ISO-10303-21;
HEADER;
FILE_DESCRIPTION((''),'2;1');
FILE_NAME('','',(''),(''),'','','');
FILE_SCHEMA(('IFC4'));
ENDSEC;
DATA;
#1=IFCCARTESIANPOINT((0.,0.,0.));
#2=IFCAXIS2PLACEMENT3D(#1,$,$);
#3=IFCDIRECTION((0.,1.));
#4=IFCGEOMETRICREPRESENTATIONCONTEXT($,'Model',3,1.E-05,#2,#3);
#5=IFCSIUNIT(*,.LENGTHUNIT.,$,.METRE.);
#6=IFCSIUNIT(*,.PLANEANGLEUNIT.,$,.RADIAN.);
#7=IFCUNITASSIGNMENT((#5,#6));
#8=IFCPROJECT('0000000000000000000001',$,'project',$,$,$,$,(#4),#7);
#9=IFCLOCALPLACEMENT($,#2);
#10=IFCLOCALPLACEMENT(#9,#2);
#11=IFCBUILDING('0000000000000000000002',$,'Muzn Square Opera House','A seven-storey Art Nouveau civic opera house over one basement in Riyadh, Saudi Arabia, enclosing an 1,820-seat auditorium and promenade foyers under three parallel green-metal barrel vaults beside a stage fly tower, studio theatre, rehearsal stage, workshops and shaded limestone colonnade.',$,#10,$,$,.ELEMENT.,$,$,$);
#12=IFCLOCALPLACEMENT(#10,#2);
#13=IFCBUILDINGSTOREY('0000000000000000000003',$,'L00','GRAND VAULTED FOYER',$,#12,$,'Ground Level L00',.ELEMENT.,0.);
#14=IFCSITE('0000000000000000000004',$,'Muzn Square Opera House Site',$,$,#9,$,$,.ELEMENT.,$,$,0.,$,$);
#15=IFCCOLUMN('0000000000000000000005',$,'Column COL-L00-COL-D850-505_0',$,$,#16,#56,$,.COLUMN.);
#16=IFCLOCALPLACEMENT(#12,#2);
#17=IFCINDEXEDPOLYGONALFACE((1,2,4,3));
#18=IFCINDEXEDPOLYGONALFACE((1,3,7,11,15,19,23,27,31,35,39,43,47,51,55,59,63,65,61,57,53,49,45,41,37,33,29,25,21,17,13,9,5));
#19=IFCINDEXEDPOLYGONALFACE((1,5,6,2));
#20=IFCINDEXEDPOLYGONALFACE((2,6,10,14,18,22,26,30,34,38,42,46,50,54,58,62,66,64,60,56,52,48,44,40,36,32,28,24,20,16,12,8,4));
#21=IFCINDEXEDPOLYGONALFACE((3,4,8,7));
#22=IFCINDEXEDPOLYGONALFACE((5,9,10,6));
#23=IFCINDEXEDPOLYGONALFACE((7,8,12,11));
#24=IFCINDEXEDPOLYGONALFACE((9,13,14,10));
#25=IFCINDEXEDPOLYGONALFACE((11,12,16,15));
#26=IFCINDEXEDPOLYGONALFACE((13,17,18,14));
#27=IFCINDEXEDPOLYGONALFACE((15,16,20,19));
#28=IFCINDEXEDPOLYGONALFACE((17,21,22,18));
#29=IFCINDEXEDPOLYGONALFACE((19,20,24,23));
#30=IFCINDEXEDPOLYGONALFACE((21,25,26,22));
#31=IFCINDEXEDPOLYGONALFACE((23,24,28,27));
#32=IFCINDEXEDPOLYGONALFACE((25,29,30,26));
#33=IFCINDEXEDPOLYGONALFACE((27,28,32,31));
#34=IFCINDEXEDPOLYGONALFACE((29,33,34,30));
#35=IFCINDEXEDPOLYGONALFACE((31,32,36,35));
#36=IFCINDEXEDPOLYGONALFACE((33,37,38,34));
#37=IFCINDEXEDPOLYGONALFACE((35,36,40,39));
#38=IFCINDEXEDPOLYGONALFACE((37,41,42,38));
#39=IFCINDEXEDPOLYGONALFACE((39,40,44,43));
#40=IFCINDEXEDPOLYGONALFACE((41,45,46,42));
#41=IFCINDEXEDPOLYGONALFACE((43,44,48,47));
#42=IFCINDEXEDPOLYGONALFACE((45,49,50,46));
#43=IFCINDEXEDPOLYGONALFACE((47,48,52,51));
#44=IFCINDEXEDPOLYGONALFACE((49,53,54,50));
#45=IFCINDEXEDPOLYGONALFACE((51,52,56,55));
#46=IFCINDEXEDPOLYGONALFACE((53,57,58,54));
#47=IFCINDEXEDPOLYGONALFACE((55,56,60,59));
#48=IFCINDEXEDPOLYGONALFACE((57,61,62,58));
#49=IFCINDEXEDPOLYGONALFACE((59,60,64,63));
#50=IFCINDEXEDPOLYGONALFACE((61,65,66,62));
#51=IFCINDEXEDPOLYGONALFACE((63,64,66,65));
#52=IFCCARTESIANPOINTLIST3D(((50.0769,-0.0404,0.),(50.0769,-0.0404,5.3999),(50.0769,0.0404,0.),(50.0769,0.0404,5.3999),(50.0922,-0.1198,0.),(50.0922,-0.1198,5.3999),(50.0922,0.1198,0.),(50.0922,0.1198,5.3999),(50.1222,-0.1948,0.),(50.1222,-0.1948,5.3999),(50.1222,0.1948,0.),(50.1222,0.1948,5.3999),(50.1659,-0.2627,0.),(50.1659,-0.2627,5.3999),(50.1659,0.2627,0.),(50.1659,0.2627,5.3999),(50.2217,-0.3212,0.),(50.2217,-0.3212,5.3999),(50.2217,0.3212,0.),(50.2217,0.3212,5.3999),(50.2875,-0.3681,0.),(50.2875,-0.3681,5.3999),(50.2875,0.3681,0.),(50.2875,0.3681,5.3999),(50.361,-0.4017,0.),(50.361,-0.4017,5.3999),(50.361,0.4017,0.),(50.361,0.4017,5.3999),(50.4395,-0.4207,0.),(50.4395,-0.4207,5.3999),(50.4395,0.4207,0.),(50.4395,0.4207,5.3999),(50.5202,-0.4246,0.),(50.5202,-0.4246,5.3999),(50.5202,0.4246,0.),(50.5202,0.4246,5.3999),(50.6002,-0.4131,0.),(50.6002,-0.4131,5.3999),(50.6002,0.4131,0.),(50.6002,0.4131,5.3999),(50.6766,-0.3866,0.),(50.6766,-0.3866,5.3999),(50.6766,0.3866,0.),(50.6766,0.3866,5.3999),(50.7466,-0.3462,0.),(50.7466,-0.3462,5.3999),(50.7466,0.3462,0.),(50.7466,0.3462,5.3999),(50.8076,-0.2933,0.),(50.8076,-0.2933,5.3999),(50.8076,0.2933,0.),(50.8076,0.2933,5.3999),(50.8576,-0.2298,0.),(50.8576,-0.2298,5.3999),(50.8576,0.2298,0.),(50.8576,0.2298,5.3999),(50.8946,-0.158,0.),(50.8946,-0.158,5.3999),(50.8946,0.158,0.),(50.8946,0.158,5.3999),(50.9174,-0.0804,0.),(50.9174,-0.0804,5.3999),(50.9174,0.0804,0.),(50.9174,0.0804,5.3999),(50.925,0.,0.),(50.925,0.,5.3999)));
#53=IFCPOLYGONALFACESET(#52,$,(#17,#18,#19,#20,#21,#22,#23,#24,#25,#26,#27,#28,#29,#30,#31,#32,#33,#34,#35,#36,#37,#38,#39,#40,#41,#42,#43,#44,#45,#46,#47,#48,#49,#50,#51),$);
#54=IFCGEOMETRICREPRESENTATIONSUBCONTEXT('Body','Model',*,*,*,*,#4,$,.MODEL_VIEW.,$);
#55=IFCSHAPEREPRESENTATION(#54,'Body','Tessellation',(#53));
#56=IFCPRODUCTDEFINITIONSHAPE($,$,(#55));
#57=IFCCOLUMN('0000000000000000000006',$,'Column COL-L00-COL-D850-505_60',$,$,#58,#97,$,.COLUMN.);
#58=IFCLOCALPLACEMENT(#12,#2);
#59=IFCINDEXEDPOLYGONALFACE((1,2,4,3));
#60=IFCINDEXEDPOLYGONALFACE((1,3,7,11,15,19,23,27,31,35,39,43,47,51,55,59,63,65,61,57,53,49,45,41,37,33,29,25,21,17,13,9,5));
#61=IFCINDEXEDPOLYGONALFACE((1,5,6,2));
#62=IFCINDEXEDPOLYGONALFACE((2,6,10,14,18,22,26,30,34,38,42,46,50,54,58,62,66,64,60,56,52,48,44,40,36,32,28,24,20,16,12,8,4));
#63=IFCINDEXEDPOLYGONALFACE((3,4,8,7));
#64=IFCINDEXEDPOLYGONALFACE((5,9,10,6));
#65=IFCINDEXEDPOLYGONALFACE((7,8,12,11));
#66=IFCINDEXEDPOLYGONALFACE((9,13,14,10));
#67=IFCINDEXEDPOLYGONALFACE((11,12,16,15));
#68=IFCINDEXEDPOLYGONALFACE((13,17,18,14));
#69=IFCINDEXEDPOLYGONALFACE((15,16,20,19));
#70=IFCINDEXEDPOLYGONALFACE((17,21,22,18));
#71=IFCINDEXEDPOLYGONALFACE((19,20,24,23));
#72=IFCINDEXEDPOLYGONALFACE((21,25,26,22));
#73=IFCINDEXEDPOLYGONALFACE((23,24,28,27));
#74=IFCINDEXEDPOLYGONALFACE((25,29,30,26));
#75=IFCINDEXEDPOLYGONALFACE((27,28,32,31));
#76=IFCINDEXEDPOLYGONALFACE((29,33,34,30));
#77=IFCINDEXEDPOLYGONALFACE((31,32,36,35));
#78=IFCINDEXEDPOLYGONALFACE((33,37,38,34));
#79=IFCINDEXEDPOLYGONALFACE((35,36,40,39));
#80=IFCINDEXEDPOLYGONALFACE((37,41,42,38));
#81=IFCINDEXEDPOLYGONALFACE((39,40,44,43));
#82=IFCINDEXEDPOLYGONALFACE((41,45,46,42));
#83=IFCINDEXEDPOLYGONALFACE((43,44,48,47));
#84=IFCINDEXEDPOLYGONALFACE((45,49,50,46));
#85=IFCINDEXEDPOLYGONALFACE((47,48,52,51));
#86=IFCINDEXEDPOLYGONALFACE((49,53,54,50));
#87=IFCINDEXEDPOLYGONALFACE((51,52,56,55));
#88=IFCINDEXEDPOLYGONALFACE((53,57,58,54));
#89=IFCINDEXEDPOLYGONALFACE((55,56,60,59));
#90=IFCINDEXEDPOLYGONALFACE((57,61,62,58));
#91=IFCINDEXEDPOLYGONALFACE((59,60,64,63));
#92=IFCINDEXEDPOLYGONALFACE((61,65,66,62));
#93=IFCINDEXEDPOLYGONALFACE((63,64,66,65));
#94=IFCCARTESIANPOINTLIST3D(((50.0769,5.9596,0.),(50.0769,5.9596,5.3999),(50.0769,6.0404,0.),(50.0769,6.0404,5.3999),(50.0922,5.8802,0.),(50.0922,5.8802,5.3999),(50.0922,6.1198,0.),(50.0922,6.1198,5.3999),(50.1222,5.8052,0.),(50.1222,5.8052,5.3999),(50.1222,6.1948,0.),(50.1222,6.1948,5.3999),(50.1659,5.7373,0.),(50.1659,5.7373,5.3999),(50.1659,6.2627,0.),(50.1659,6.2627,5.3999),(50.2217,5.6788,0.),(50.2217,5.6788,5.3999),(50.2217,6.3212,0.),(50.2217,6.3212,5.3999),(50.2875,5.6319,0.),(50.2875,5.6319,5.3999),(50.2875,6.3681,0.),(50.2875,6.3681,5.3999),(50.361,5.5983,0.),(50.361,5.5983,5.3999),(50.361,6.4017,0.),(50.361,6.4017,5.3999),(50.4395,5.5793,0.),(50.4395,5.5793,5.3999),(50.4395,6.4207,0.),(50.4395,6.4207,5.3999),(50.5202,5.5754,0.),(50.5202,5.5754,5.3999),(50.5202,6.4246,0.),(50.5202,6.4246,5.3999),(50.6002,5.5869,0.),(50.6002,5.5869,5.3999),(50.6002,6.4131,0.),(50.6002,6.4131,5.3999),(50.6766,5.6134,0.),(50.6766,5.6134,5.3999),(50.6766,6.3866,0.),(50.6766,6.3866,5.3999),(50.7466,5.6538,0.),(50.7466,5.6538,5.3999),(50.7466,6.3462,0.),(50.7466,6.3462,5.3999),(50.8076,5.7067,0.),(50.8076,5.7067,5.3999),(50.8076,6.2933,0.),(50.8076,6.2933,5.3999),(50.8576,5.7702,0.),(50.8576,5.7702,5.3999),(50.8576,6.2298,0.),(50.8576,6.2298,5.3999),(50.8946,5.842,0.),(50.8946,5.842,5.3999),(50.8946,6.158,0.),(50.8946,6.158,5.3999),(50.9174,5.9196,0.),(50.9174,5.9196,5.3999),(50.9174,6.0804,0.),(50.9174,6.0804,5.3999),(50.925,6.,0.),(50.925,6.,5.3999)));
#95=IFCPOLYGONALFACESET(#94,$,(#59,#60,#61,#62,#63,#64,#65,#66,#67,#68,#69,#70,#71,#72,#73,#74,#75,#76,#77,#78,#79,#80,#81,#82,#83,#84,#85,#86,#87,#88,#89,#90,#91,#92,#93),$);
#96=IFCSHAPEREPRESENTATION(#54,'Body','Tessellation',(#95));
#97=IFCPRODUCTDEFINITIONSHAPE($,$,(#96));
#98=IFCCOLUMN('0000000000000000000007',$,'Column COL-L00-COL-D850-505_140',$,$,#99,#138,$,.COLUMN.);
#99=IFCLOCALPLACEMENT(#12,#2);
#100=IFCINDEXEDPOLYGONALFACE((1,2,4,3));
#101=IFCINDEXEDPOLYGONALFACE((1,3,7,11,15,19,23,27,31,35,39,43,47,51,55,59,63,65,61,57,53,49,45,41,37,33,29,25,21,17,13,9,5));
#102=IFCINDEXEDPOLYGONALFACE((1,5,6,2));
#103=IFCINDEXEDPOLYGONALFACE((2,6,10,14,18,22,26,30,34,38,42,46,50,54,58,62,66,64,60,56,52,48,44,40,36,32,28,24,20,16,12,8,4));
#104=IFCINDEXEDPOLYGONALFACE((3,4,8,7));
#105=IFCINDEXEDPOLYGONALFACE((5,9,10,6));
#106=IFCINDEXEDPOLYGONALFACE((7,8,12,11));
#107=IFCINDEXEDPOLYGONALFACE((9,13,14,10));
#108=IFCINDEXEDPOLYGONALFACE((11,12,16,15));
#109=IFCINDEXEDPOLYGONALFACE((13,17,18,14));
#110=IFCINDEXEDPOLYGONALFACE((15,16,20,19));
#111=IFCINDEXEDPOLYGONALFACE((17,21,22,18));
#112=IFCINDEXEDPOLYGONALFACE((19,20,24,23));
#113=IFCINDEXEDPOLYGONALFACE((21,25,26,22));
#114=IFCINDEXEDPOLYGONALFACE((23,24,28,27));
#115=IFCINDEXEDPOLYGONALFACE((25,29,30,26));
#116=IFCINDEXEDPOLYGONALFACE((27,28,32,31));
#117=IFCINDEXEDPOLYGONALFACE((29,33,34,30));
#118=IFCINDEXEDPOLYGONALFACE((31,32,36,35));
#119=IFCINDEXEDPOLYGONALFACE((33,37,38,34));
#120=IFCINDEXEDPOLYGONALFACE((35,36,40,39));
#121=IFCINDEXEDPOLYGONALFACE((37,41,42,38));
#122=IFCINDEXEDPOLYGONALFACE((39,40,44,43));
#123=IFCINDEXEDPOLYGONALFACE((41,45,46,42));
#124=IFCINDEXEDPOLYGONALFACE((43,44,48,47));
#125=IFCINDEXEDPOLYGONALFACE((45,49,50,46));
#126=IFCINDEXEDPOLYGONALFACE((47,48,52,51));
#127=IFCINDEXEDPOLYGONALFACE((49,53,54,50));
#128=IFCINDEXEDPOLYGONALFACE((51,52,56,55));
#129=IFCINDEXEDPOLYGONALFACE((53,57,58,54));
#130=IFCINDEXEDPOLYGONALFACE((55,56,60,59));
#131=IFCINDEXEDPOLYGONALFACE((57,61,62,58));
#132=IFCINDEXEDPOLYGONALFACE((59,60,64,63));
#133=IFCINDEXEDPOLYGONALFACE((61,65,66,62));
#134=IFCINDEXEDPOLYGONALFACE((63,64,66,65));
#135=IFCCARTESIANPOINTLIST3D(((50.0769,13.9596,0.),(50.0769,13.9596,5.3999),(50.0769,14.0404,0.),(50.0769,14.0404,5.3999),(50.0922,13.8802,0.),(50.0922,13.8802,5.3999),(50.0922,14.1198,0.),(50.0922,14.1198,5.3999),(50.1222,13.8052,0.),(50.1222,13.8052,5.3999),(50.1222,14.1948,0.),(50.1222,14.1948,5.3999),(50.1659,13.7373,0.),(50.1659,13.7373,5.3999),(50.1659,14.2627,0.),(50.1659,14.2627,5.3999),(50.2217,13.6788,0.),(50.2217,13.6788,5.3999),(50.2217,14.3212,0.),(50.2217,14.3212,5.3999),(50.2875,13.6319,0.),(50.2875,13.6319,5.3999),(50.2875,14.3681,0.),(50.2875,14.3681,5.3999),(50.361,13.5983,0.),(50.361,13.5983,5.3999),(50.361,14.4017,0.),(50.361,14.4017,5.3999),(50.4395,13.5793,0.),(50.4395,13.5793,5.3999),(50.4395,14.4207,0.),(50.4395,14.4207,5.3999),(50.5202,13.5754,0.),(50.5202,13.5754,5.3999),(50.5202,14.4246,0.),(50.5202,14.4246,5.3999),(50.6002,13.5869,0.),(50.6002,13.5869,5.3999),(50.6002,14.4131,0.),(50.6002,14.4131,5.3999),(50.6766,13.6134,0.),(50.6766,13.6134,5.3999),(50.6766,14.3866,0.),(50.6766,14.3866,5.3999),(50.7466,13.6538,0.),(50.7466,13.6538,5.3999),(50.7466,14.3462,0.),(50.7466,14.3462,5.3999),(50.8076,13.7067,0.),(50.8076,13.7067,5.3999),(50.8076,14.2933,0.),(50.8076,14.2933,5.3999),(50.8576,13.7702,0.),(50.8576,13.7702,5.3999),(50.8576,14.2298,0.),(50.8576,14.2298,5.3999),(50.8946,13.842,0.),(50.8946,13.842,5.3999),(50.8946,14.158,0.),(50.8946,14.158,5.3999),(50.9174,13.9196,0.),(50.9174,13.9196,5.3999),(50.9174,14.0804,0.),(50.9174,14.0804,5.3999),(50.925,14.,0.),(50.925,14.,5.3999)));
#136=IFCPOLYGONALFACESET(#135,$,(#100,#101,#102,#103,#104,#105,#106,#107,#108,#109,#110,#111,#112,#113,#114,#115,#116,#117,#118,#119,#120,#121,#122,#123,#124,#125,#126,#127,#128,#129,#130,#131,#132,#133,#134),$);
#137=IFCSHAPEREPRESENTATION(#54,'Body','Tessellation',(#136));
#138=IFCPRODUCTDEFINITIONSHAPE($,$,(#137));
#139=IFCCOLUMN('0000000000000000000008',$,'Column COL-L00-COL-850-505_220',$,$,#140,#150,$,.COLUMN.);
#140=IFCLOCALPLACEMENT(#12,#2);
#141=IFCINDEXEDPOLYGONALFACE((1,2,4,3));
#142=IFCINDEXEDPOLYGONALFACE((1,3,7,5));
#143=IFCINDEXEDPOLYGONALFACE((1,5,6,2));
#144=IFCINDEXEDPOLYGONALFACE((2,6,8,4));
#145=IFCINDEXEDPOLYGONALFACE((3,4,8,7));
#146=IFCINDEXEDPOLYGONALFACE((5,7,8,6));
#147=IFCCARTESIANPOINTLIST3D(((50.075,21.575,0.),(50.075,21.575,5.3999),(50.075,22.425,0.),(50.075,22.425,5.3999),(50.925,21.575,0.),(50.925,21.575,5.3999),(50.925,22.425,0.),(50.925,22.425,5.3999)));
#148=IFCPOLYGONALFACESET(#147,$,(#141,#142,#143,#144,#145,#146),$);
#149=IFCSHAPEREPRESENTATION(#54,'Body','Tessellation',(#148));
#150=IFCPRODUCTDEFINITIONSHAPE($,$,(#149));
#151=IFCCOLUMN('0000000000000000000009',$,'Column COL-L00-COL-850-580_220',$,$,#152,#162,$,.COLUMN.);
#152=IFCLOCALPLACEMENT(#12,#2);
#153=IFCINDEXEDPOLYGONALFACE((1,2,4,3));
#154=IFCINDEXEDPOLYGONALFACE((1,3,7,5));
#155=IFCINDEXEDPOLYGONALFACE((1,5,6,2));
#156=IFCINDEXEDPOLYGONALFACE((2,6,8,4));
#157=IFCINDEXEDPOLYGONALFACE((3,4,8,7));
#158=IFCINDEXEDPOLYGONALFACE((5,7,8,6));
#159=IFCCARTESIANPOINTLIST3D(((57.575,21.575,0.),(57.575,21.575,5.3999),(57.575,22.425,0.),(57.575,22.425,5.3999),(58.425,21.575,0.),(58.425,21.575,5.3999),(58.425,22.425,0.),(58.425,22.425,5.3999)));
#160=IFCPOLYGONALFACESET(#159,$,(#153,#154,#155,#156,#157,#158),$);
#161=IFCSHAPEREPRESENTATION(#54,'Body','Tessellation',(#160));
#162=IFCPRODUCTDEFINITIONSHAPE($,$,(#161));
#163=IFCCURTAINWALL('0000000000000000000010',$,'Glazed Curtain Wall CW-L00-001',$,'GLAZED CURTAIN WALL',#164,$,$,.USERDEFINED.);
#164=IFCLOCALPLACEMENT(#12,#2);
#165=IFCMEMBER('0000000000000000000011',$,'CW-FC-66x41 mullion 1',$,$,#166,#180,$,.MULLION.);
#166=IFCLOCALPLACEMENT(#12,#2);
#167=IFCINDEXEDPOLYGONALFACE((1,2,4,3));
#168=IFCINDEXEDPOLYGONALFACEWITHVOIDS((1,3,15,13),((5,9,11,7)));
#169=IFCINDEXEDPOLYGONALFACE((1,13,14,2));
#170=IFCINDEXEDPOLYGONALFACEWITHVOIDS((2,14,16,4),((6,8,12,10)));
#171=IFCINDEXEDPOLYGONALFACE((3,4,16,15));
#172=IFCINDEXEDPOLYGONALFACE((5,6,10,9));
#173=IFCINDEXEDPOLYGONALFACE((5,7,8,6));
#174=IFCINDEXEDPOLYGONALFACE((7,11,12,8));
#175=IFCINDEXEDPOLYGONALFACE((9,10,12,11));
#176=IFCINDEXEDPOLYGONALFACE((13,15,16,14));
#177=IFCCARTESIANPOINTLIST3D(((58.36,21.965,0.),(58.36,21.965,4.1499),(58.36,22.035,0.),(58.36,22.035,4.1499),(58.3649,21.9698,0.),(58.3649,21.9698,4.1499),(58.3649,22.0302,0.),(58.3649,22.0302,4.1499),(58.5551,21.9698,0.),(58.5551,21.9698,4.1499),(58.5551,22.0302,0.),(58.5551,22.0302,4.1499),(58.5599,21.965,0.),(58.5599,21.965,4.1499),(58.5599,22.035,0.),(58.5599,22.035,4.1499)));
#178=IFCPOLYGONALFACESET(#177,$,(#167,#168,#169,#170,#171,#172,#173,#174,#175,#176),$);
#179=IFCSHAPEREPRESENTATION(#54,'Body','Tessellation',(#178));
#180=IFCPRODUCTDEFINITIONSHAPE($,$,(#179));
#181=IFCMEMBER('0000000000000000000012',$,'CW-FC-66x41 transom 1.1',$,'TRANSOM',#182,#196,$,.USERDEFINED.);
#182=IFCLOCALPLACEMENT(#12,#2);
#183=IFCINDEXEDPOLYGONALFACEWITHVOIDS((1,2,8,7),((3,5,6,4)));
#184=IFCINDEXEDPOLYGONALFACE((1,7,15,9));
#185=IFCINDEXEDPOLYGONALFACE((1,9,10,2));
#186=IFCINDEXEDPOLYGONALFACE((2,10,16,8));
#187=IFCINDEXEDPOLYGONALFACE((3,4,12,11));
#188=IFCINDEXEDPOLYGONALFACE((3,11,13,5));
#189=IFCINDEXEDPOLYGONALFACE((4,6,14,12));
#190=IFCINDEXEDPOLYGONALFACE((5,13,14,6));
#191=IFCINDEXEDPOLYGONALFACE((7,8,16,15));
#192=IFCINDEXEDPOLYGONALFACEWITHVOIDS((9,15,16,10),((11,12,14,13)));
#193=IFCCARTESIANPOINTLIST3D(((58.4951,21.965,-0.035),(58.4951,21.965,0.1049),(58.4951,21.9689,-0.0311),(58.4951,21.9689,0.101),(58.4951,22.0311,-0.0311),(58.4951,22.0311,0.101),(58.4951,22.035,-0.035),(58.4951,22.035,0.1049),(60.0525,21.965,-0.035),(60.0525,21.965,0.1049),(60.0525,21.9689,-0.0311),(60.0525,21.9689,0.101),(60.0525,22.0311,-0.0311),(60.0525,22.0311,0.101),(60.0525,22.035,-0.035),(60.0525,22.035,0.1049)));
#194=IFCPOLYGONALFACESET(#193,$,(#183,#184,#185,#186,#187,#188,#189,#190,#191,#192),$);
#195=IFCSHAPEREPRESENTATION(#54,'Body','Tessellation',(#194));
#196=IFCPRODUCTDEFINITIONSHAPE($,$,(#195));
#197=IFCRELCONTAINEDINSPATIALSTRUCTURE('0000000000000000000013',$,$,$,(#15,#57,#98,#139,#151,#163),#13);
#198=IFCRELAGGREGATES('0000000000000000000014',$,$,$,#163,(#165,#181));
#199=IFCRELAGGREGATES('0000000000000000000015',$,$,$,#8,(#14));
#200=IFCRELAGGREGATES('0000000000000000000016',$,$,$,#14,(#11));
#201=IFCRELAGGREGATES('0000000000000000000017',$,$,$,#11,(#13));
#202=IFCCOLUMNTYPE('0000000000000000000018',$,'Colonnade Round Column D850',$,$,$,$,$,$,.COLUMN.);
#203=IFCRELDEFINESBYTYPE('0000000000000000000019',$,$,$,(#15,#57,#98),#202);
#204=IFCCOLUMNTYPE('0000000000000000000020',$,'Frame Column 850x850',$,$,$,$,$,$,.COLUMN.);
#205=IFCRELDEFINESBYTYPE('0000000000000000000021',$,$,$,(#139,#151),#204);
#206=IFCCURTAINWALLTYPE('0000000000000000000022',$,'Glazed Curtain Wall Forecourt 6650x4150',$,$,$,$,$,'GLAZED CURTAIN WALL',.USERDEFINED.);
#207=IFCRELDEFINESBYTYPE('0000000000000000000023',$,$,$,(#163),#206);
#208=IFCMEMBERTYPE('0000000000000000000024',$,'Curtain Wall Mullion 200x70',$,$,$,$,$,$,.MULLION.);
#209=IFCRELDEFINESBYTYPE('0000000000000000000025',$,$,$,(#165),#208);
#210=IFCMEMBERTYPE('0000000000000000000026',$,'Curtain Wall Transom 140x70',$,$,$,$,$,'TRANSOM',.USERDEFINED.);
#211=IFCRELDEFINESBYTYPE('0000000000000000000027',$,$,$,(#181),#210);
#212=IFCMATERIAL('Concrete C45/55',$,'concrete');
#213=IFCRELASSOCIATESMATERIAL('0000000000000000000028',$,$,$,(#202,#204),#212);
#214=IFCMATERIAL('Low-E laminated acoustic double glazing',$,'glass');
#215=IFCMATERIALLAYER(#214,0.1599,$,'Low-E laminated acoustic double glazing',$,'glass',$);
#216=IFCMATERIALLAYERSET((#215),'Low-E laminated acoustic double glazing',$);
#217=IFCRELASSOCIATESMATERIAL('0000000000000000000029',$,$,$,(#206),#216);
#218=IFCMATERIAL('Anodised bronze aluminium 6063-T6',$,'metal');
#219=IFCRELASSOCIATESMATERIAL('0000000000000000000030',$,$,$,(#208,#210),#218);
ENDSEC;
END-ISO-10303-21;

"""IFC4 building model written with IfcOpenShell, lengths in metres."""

from ifc_helpers import new_model, si_unit, direction, frame, origin, origin_2d, place, context, subcontext, project, spatial, rectangle, hollow_rectangle, circle, extrude, material, layer, layer_set, material_profile, profile_set, type_object, element, aggregate, save


model = new_model("IFC4")

# Units and contexts
model_context = context("Model", 3, precision=1e-05, world=origin(), true_north=direction((0.0, 1.0)))
body_context = subcontext(model_context, "Body", "Model", "MODEL_VIEW")
ifc_project = project(units=[si_unit("LENGTHUNIT", "METRE"), si_unit("PLANEANGLEUNIT", "RADIAN")], contexts=[model_context])

# Site, building, storey
site_placement = place(None, origin())
site = spatial("IfcSite", under=ifc_project, at=site_placement, Name="Muzn Square Opera House Site", CompositionType="ELEMENT", RefElevation=0.0)
building_placement = place(site_placement, origin())
building = spatial("IfcBuilding", under=site, at=building_placement, Name="Muzn Square Opera House", Description="A seven-storey Art Nouveau civic opera house over one basement in Riyadh, Saudi Arabia, enclosing an 1,820-seat auditorium and promenade foyers under three parallel green-metal barrel vaults beside a stage fly tower, studio theatre, rehearsal stage, workshops and shaded limestone colonnade.", CompositionType="ELEMENT")
storey_placement = place(building_placement, origin())
storey = spatial("IfcBuildingStorey", under=building, at=storey_placement, Name="L00", Description="GRAND VAULTED FOYER", LongName="Ground Level L00", CompositionType="ELEMENT", Elevation=0.0)

# Columns
ifc_material_1 = material(Name="Concrete C45/55", Category="concrete")
ifc_material_profile_1 = material_profile(ifc_material_1, circle(Radius=0.425, at=origin_2d()), Name="RCC D850", Category="concrete")
ifc_profile_set_1 = profile_set([ifc_material_profile_1], Name="Concrete C45/55")
column_type_1 = type_object("IfcColumnType", Name="Colonnade Round Column D850", PredefinedType="COLUMN", material=ifc_profile_set_1)
for number, where, z_axis, x_axis, name in (
    (1, (50.5, 0.0, 0.0), (0.0, 0.0, 1.0), (1.0, 0.0, 0.0), "Column COL-L00-COL-D850-505_0"),
    (2, (50.5, 6.0, 0.0), (0.0, 0.0, 1.0), (1.0, 0.0, 0.0), "Column COL-L00-COL-D850-505_60"),
    (3, (50.5, 14.0, 0.0), (0.0, 0.0, 1.0), (1.0, 0.0, 0.0), "Column COL-L00-COL-D850-505_140"),
):
    element("IfcColumn", number, at=place(storey_placement, frame(where, z_axis=z_axis, x_axis=x_axis)), inside=storey, type_object=column_type_1, Name=name, PredefinedType="COLUMN", context=body_context, shape_type="SweptSolid", body=[
        extrude(circle(Radius=0.425, at=origin_2d()), origin(), (0.0, 0.0, 1.0), 5.3999),
    ])
ifc_material_profile_2 = material_profile(ifc_material_1, rectangle(XDim=0.8501, YDim=0.8501, at=origin_2d()), Name="RC 850x850", Category="concrete")
ifc_profile_set_2 = profile_set([ifc_material_profile_2], Name="Concrete C45/55")
column_type_2 = type_object("IfcColumnType", Name="Frame Column 850x850", PredefinedType="COLUMN", material=ifc_profile_set_2)
for number, where, z_axis, x_axis, name in (
    (4, (50.5, 22.0, 0.0), (0.0, 0.0, 1.0), (1.0, 0.0, 0.0), "Column COL-L00-COL-850-505_220"),
    (5, (58.0, 22.0, 0.0), (0.0, 0.0, 1.0), (1.0, 0.0, 0.0), "Column COL-L00-COL-850-580_220"),
):
    element("IfcColumn", number, at=place(storey_placement, frame(where, z_axis=z_axis, x_axis=x_axis)), inside=storey, type_object=column_type_2, Name=name, PredefinedType="COLUMN", context=body_context, shape_type="SweptSolid", body=[
        extrude(rectangle(XDim=0.8501, YDim=0.8501, at=origin_2d()), origin(), (0.0, 0.0, 1.0), 5.3999),
    ])

# Curtain wall, members
ifc_material_2 = material(Name="Low-E laminated acoustic double glazing", Category="glass")
ifc_layer_1 = layer(ifc_material_2, 0.1599, Name="Low-E laminated acoustic double glazing", Category="glass")
ifc_layer_set_1 = layer_set([ifc_layer_1], Name="Low-E laminated acoustic double glazing")
curtain_wall_type = type_object("IfcCurtainWallType", Name="Glazed Curtain Wall Forecourt 6650x4150", ElementType="GLAZED CURTAIN WALL", PredefinedType="USERDEFINED", material=ifc_layer_set_1)
curtain_wall_placement = place(storey_placement, origin())
curtain_wall = element("IfcCurtainWall", 6, at=curtain_wall_placement, inside=storey, type_object=curtain_wall_type, Name="Glazed Curtain Wall CW-L00-001", ObjectType="GLAZED CURTAIN WALL", PredefinedType="USERDEFINED")
ifc_material_3 = material(Name="Anodised bronze aluminium 6063-T6", Category="metal")
ifc_material_profile_3 = material_profile(ifc_material_3, hollow_rectangle(XDim=0.0701, YDim=0.2, WallThickness=0.0049, at=origin_2d()), Name="ALU 200x70x5", Category="metal")
ifc_profile_set_3 = profile_set([ifc_material_profile_3], Name="Anodised bronze aluminium 6063-T6")
member_type_1 = type_object("IfcMemberType", Name="Curtain Wall Mullion 200x70", PredefinedType="MULLION", material=ifc_profile_set_3)
member_1_placement = place(storey_placement, frame((58.46, 22.0, 0.0), z_axis=(0.0, 0.0, 1.0), x_axis=(0.0, 1.0, 0.0)))
member_1 = element("IfcMember", 7, at=member_1_placement, type_object=member_type_1, Name="CW-FC-66x41 mullion 1", PredefinedType="MULLION", context=body_context, shape_type="SweptSolid", body=[
    extrude(hollow_rectangle(XDim=0.0701, YDim=0.2, WallThickness=0.0049, at=origin_2d()), origin(), (0.0, 0.0, 1.0), 4.1499),
])
ifc_material_profile_4 = material_profile(ifc_material_3, hollow_rectangle(XDim=0.0701, YDim=0.1399, WallThickness=0.0039, at=origin_2d()), Name="ALU 140x70x4", Category="metal")
ifc_profile_set_4 = profile_set([ifc_material_profile_4], Name="Anodised bronze aluminium 6063-T6")
member_type_2 = type_object("IfcMemberType", Name="Curtain Wall Transom 140x70", ElementType="TRANSOM", PredefinedType="USERDEFINED", material=ifc_profile_set_4)
member_2_placement = place(storey_placement, frame((58.4951, 22.0, 0.0349), z_axis=(1.0, 0.0, 0.0), x_axis=(0.0, 1.0, 0.0)))
member_2 = element("IfcMember", 8, at=member_2_placement, type_object=member_type_2, Name="CW-FC-66x41 transom 1.1", ObjectType="TRANSOM", PredefinedType="USERDEFINED", context=body_context, shape_type="SweptSolid", body=[
    extrude(hollow_rectangle(XDim=0.0701, YDim=0.1399, WallThickness=0.0039, at=origin_2d()), origin(), (0.0, 0.0, 1.0), 1.5574),
])
aggregate(curtain_wall, [member_1, member_2])

save(model, "model.ifc")
